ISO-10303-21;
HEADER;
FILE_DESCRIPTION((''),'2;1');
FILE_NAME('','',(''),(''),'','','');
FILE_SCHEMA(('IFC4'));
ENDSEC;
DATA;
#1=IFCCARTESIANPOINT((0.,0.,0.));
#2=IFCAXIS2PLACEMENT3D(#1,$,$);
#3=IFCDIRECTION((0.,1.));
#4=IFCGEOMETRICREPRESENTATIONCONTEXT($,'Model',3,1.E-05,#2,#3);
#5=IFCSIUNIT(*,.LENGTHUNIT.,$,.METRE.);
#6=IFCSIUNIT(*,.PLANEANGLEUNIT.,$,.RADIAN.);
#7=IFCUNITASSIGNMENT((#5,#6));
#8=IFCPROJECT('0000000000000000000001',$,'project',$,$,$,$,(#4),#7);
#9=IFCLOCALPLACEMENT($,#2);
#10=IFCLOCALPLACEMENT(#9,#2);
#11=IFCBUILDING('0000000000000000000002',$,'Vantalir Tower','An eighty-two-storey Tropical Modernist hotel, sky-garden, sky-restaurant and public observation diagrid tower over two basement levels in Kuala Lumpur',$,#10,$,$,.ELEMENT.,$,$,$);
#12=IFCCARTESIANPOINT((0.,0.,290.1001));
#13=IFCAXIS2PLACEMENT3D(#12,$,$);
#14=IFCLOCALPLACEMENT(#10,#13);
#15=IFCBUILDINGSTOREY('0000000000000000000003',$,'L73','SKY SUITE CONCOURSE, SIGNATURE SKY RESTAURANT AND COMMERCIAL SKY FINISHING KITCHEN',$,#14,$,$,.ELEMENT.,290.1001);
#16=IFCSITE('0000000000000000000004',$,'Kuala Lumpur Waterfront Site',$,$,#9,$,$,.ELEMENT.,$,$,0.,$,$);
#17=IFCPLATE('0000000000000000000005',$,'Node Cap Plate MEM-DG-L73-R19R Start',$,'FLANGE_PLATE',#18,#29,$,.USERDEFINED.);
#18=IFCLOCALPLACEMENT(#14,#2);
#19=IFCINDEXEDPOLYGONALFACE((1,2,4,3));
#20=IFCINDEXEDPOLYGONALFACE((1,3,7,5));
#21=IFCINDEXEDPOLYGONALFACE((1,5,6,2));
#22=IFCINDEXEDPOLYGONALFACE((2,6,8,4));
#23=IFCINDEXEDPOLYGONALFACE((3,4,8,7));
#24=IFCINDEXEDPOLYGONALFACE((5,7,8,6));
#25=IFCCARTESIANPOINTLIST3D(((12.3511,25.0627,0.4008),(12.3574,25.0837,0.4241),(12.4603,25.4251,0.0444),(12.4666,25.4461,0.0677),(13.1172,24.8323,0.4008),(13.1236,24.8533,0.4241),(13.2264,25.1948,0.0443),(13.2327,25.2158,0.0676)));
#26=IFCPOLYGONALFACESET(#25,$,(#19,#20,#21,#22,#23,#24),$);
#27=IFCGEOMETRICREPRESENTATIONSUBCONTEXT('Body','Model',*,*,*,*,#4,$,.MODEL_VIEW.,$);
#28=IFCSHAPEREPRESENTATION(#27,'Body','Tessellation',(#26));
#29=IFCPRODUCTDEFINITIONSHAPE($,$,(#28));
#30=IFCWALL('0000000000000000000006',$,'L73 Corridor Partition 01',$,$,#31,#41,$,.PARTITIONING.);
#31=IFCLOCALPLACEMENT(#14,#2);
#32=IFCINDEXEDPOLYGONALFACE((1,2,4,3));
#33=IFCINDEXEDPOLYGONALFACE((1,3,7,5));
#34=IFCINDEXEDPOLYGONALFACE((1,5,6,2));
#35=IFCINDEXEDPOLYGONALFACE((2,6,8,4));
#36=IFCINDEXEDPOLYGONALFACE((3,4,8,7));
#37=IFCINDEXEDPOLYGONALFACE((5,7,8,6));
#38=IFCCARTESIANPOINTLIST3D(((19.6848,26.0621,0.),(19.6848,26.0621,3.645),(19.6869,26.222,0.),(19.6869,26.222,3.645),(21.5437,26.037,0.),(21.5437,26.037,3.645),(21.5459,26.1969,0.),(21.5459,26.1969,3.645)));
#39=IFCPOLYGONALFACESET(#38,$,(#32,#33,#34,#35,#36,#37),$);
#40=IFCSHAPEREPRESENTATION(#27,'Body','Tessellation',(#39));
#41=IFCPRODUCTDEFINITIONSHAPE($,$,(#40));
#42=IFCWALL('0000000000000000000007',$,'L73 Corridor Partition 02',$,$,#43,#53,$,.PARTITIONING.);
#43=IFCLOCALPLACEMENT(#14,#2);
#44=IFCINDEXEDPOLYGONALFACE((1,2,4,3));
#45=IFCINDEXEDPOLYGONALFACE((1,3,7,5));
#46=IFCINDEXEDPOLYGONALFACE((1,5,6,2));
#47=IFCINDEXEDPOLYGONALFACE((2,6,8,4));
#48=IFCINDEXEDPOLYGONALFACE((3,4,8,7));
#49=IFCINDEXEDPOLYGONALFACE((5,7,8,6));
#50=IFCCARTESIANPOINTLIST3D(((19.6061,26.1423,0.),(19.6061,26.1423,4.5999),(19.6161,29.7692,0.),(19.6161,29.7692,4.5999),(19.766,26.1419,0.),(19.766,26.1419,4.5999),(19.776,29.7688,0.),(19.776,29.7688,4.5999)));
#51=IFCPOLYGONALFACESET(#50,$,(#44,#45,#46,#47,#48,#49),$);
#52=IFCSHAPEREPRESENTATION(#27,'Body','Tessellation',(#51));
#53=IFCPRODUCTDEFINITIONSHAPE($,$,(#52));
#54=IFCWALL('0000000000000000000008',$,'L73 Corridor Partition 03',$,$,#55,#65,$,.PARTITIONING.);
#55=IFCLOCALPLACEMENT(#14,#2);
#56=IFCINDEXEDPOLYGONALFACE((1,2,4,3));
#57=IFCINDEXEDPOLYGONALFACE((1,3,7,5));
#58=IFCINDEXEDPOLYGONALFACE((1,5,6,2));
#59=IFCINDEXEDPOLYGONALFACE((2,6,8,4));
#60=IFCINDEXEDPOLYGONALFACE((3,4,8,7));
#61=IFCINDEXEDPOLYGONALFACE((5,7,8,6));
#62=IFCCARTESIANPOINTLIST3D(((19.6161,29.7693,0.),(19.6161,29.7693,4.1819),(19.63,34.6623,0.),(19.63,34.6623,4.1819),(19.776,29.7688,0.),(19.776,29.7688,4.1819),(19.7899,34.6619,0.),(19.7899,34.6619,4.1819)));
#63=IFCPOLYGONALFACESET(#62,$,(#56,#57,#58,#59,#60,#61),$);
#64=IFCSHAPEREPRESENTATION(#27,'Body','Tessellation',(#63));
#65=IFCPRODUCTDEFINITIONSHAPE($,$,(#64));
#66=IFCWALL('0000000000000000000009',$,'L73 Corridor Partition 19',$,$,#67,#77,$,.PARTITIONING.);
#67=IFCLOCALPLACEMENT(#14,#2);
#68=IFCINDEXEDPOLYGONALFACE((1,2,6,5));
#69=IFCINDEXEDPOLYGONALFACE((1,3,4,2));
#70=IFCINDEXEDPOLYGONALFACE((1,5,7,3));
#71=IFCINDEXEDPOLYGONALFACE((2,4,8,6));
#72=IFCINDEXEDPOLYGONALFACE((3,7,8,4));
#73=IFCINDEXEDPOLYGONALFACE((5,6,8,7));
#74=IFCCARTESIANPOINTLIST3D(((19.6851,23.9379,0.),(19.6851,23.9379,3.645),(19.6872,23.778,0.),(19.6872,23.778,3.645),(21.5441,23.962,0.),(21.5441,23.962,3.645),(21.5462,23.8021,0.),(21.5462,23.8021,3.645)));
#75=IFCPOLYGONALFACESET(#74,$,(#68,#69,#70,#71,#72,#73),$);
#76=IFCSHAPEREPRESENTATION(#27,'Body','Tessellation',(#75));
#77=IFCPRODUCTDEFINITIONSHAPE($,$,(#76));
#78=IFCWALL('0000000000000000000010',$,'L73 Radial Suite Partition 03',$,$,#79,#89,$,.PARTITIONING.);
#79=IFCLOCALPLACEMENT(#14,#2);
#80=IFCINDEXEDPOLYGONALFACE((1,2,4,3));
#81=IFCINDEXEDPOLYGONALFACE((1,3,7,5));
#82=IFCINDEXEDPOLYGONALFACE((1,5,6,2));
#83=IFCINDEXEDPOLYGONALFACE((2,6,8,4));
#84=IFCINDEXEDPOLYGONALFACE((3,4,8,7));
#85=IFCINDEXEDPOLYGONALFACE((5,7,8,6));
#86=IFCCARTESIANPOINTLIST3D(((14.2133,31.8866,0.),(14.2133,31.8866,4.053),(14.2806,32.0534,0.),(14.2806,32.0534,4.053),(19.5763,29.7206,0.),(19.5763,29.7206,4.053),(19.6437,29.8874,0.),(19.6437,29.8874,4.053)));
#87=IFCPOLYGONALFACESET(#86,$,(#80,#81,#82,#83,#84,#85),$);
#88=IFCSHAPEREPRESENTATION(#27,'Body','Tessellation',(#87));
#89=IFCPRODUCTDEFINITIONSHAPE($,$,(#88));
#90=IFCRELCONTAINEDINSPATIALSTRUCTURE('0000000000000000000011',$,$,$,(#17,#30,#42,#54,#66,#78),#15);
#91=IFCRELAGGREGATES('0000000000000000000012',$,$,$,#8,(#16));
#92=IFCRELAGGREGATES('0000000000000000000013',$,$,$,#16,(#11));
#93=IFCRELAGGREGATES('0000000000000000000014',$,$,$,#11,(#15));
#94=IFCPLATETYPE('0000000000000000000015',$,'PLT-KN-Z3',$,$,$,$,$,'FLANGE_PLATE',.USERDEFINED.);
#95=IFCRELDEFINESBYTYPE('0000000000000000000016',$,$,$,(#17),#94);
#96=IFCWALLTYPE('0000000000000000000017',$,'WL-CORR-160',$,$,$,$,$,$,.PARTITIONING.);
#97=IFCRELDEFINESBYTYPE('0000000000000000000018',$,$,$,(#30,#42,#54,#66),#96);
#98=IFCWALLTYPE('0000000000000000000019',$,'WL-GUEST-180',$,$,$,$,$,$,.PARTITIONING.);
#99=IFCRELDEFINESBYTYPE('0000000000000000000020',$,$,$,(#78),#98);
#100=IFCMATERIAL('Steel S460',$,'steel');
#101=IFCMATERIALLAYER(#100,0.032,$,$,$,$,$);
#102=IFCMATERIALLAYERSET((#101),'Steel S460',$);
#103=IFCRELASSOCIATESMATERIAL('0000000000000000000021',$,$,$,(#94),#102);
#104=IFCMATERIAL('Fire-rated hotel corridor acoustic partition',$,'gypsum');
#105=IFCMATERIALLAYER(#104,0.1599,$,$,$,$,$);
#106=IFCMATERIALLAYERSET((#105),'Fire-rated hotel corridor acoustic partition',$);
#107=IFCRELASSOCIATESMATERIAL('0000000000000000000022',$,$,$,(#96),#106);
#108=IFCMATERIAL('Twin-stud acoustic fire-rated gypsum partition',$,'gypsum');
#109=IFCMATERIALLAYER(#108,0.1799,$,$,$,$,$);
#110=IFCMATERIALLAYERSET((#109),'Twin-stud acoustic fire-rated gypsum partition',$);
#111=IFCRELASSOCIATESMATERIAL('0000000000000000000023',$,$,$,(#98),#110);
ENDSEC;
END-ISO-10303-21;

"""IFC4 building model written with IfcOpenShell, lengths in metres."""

from ifc_helpers import new_model, si_unit, direction, frame, frame_2d, origin, place, context, subcontext, project, spatial, polyline, rectangle, outline, extrude, material, layer, layer_set, type_object, element, save


model = new_model("IFC4")

# Units and contexts
model_context = context("Model", 3, precision=1e-05, world=origin(), true_north=direction((0.0, 1.0)))
body_context = subcontext(model_context, "Body", "Model", "MODEL_VIEW")
ifc_project = project(units=[si_unit("LENGTHUNIT", "METRE"), si_unit("PLANEANGLEUNIT", "RADIAN")], contexts=[model_context])

# Site, building, storey
site_placement = place(None, origin())
site = spatial("IfcSite", under=ifc_project, at=site_placement, Name="Kuala Lumpur Waterfront Site", CompositionType="ELEMENT", RefElevation=0.0)
building_placement = place(site_placement, origin())
building = spatial("IfcBuilding", under=site, at=building_placement, Name="Vantalir Tower", Description="An eighty-two-storey Tropical Modernist hotel, sky-garden, sky-restaurant and public observation diagrid tower over two basement levels in Kuala Lumpur", CompositionType="ELEMENT")
storey_placement = place(building_placement, frame((0.0, 0.0, 290.1001)))
storey = spatial("IfcBuildingStorey", under=building, at=storey_placement, Name="L73", Description="SKY SUITE CONCOURSE, SIGNATURE SKY RESTAURANT AND COMMERCIAL SKY FINISHING KITCHEN", CompositionType="ELEMENT", Elevation=290.1001)

# Shared definitions
ifc_material_1 = material(Name="Steel S460", Category="steel")

# Plate
ifc_layer_1 = layer(ifc_material_1, 0.032)
ifc_layer_set_1 = layer_set([ifc_layer_1], Name="Steel S460")
plate_type_1 = type_object("IfcPlateType", Name="PLT-KN-Z3", ElementType="FLANGE_PLATE", PredefinedType="USERDEFINED", material=ifc_layer_set_1)
plate_1_placement = place(storey_placement, frame((13.2327, 25.2158, 0.0676), z_axis=(0.197403, 0.656544, 0.727999), x_axis=(-0.957672, 0.287862, 0.000073)))
element("IfcPlate", 1, at=plate_1_placement, inside=storey, type_object=plate_type_1, Name="Node Cap Plate MEM-DG-L73-R19R Start", ObjectType="FLANGE_PLATE", PredefinedType="USERDEFINED", context=body_context, shape_type="SweptSolid", body=[
    extrude(outline(polyline([(0.0, 0.0), (0.8, 0.0), (0.8002, 0.5198), (0.0002, 0.52), (0.0, 0.0)])), origin(), (0.0, 0.0, -1.0), 0.032),
])

# Walls
ifc_material_2 = material(Name="Fire-rated hotel corridor acoustic partition", Category="gypsum")
ifc_layer_2 = layer(ifc_material_2, 0.1599)
ifc_layer_set_2 = layer_set([ifc_layer_2], Name="Fire-rated hotel corridor acoustic partition")
wall_type_1 = type_object("IfcWallType", Name="WL-CORR-160", PredefinedType="PARTITIONING", material=ifc_layer_set_2)
wall_1_placement = place(storey_placement, frame((21.5449, 26.1169, 0.0), z_axis=(0.0, 0.0, 1.0), x_axis=(-0.999909, 0.013526, 0.0)))
element("IfcWall", 2, at=wall_1_placement, inside=storey, type_object=wall_type_1, Name="L73 Corridor Partition 01", PredefinedType="PARTITIONING", context=body_context, shape_type="SweptSolid", body=[
    extrude(rectangle(XDim=1.8591, YDim=0.1599, at=frame_2d((0.9297, 0.0))), origin(), (0.0, 0.0, 1.0), 3.645),
])
wall_2_placement = place(storey_placement, frame((19.686, 26.1421, 0.0), z_axis=(0.0, 0.0, 1.0), x_axis=(0.00276, 0.999996, 0.0)))
element("IfcWall", 3, at=wall_2_placement, inside=storey, type_object=wall_type_1, Name="L73 Corridor Partition 02", PredefinedType="PARTITIONING", context=body_context, shape_type="SweptSolid", body=[
    extrude(rectangle(XDim=3.627, YDim=0.1599, at=frame_2d((1.8135, 0.0))), origin(), (0.0, 0.0, 1.0), 4.5999),
])
wall_3_placement = place(storey_placement, frame((19.696, 29.769, 0.0), z_axis=(0.0, 0.0, 1.0), x_axis=(0.002844, 0.999996, 0.0)))
element("IfcWall", 4, at=wall_3_placement, inside=storey, type_object=wall_type_1, Name="L73 Corridor Partition 03", PredefinedType="PARTITIONING", context=body_context, shape_type="SweptSolid", body=[
    extrude(rectangle(XDim=4.8931, YDim=0.1599, at=frame_2d((2.4465, 0.0))), origin(), (0.0, 0.0, 1.0), 4.1819),
])
wall_4_placement = place(storey_placement, frame((19.686, 23.8579, 0.0), z_axis=(0.0, 0.0, 1.0), x_axis=(0.999915, 0.013001, 0.0)))
element("IfcWall", 5, at=wall_4_placement, inside=storey, type_object=wall_type_1, Name="L73 Corridor Partition 19", PredefinedType="PARTITIONING", context=body_context, shape_type="SweptSolid", body=[
    extrude(rectangle(XDim=1.8591, YDim=0.1599, at=frame_2d((0.9297, 0.0))), origin(), (0.0, 0.0, 1.0), 3.645),
])
ifc_material_3 = material(Name="Twin-stud acoustic fire-rated gypsum partition", Category="gypsum")
ifc_layer_3 = layer(ifc_material_3, 0.1799)
ifc_layer_set_3 = layer_set([ifc_layer_3], Name="Twin-stud acoustic fire-rated gypsum partition")
wall_type_2 = type_object("IfcWallType", Name="WL-GUEST-180", PredefinedType="PARTITIONING", material=ifc_layer_set_3)
wall_5_placement = place(storey_placement, frame((19.6101, 29.804, 0.0), z_axis=(0.0, 0.0, 1.0), x_axis=(-0.927231, 0.374489, 0.0)))
element("IfcWall", 6, at=wall_5_placement, inside=storey, type_object=wall_type_2, Name="L73 Radial Suite Partition 03", PredefinedType="PARTITIONING", context=body_context, shape_type="SweptSolid", body=[
    extrude(rectangle(XDim=5.7839, YDim=0.1799, at=frame_2d((2.8921, 0.0))), origin(), (0.0, 0.0, 1.0), 4.053),
])

save(model, "model.ifc")
